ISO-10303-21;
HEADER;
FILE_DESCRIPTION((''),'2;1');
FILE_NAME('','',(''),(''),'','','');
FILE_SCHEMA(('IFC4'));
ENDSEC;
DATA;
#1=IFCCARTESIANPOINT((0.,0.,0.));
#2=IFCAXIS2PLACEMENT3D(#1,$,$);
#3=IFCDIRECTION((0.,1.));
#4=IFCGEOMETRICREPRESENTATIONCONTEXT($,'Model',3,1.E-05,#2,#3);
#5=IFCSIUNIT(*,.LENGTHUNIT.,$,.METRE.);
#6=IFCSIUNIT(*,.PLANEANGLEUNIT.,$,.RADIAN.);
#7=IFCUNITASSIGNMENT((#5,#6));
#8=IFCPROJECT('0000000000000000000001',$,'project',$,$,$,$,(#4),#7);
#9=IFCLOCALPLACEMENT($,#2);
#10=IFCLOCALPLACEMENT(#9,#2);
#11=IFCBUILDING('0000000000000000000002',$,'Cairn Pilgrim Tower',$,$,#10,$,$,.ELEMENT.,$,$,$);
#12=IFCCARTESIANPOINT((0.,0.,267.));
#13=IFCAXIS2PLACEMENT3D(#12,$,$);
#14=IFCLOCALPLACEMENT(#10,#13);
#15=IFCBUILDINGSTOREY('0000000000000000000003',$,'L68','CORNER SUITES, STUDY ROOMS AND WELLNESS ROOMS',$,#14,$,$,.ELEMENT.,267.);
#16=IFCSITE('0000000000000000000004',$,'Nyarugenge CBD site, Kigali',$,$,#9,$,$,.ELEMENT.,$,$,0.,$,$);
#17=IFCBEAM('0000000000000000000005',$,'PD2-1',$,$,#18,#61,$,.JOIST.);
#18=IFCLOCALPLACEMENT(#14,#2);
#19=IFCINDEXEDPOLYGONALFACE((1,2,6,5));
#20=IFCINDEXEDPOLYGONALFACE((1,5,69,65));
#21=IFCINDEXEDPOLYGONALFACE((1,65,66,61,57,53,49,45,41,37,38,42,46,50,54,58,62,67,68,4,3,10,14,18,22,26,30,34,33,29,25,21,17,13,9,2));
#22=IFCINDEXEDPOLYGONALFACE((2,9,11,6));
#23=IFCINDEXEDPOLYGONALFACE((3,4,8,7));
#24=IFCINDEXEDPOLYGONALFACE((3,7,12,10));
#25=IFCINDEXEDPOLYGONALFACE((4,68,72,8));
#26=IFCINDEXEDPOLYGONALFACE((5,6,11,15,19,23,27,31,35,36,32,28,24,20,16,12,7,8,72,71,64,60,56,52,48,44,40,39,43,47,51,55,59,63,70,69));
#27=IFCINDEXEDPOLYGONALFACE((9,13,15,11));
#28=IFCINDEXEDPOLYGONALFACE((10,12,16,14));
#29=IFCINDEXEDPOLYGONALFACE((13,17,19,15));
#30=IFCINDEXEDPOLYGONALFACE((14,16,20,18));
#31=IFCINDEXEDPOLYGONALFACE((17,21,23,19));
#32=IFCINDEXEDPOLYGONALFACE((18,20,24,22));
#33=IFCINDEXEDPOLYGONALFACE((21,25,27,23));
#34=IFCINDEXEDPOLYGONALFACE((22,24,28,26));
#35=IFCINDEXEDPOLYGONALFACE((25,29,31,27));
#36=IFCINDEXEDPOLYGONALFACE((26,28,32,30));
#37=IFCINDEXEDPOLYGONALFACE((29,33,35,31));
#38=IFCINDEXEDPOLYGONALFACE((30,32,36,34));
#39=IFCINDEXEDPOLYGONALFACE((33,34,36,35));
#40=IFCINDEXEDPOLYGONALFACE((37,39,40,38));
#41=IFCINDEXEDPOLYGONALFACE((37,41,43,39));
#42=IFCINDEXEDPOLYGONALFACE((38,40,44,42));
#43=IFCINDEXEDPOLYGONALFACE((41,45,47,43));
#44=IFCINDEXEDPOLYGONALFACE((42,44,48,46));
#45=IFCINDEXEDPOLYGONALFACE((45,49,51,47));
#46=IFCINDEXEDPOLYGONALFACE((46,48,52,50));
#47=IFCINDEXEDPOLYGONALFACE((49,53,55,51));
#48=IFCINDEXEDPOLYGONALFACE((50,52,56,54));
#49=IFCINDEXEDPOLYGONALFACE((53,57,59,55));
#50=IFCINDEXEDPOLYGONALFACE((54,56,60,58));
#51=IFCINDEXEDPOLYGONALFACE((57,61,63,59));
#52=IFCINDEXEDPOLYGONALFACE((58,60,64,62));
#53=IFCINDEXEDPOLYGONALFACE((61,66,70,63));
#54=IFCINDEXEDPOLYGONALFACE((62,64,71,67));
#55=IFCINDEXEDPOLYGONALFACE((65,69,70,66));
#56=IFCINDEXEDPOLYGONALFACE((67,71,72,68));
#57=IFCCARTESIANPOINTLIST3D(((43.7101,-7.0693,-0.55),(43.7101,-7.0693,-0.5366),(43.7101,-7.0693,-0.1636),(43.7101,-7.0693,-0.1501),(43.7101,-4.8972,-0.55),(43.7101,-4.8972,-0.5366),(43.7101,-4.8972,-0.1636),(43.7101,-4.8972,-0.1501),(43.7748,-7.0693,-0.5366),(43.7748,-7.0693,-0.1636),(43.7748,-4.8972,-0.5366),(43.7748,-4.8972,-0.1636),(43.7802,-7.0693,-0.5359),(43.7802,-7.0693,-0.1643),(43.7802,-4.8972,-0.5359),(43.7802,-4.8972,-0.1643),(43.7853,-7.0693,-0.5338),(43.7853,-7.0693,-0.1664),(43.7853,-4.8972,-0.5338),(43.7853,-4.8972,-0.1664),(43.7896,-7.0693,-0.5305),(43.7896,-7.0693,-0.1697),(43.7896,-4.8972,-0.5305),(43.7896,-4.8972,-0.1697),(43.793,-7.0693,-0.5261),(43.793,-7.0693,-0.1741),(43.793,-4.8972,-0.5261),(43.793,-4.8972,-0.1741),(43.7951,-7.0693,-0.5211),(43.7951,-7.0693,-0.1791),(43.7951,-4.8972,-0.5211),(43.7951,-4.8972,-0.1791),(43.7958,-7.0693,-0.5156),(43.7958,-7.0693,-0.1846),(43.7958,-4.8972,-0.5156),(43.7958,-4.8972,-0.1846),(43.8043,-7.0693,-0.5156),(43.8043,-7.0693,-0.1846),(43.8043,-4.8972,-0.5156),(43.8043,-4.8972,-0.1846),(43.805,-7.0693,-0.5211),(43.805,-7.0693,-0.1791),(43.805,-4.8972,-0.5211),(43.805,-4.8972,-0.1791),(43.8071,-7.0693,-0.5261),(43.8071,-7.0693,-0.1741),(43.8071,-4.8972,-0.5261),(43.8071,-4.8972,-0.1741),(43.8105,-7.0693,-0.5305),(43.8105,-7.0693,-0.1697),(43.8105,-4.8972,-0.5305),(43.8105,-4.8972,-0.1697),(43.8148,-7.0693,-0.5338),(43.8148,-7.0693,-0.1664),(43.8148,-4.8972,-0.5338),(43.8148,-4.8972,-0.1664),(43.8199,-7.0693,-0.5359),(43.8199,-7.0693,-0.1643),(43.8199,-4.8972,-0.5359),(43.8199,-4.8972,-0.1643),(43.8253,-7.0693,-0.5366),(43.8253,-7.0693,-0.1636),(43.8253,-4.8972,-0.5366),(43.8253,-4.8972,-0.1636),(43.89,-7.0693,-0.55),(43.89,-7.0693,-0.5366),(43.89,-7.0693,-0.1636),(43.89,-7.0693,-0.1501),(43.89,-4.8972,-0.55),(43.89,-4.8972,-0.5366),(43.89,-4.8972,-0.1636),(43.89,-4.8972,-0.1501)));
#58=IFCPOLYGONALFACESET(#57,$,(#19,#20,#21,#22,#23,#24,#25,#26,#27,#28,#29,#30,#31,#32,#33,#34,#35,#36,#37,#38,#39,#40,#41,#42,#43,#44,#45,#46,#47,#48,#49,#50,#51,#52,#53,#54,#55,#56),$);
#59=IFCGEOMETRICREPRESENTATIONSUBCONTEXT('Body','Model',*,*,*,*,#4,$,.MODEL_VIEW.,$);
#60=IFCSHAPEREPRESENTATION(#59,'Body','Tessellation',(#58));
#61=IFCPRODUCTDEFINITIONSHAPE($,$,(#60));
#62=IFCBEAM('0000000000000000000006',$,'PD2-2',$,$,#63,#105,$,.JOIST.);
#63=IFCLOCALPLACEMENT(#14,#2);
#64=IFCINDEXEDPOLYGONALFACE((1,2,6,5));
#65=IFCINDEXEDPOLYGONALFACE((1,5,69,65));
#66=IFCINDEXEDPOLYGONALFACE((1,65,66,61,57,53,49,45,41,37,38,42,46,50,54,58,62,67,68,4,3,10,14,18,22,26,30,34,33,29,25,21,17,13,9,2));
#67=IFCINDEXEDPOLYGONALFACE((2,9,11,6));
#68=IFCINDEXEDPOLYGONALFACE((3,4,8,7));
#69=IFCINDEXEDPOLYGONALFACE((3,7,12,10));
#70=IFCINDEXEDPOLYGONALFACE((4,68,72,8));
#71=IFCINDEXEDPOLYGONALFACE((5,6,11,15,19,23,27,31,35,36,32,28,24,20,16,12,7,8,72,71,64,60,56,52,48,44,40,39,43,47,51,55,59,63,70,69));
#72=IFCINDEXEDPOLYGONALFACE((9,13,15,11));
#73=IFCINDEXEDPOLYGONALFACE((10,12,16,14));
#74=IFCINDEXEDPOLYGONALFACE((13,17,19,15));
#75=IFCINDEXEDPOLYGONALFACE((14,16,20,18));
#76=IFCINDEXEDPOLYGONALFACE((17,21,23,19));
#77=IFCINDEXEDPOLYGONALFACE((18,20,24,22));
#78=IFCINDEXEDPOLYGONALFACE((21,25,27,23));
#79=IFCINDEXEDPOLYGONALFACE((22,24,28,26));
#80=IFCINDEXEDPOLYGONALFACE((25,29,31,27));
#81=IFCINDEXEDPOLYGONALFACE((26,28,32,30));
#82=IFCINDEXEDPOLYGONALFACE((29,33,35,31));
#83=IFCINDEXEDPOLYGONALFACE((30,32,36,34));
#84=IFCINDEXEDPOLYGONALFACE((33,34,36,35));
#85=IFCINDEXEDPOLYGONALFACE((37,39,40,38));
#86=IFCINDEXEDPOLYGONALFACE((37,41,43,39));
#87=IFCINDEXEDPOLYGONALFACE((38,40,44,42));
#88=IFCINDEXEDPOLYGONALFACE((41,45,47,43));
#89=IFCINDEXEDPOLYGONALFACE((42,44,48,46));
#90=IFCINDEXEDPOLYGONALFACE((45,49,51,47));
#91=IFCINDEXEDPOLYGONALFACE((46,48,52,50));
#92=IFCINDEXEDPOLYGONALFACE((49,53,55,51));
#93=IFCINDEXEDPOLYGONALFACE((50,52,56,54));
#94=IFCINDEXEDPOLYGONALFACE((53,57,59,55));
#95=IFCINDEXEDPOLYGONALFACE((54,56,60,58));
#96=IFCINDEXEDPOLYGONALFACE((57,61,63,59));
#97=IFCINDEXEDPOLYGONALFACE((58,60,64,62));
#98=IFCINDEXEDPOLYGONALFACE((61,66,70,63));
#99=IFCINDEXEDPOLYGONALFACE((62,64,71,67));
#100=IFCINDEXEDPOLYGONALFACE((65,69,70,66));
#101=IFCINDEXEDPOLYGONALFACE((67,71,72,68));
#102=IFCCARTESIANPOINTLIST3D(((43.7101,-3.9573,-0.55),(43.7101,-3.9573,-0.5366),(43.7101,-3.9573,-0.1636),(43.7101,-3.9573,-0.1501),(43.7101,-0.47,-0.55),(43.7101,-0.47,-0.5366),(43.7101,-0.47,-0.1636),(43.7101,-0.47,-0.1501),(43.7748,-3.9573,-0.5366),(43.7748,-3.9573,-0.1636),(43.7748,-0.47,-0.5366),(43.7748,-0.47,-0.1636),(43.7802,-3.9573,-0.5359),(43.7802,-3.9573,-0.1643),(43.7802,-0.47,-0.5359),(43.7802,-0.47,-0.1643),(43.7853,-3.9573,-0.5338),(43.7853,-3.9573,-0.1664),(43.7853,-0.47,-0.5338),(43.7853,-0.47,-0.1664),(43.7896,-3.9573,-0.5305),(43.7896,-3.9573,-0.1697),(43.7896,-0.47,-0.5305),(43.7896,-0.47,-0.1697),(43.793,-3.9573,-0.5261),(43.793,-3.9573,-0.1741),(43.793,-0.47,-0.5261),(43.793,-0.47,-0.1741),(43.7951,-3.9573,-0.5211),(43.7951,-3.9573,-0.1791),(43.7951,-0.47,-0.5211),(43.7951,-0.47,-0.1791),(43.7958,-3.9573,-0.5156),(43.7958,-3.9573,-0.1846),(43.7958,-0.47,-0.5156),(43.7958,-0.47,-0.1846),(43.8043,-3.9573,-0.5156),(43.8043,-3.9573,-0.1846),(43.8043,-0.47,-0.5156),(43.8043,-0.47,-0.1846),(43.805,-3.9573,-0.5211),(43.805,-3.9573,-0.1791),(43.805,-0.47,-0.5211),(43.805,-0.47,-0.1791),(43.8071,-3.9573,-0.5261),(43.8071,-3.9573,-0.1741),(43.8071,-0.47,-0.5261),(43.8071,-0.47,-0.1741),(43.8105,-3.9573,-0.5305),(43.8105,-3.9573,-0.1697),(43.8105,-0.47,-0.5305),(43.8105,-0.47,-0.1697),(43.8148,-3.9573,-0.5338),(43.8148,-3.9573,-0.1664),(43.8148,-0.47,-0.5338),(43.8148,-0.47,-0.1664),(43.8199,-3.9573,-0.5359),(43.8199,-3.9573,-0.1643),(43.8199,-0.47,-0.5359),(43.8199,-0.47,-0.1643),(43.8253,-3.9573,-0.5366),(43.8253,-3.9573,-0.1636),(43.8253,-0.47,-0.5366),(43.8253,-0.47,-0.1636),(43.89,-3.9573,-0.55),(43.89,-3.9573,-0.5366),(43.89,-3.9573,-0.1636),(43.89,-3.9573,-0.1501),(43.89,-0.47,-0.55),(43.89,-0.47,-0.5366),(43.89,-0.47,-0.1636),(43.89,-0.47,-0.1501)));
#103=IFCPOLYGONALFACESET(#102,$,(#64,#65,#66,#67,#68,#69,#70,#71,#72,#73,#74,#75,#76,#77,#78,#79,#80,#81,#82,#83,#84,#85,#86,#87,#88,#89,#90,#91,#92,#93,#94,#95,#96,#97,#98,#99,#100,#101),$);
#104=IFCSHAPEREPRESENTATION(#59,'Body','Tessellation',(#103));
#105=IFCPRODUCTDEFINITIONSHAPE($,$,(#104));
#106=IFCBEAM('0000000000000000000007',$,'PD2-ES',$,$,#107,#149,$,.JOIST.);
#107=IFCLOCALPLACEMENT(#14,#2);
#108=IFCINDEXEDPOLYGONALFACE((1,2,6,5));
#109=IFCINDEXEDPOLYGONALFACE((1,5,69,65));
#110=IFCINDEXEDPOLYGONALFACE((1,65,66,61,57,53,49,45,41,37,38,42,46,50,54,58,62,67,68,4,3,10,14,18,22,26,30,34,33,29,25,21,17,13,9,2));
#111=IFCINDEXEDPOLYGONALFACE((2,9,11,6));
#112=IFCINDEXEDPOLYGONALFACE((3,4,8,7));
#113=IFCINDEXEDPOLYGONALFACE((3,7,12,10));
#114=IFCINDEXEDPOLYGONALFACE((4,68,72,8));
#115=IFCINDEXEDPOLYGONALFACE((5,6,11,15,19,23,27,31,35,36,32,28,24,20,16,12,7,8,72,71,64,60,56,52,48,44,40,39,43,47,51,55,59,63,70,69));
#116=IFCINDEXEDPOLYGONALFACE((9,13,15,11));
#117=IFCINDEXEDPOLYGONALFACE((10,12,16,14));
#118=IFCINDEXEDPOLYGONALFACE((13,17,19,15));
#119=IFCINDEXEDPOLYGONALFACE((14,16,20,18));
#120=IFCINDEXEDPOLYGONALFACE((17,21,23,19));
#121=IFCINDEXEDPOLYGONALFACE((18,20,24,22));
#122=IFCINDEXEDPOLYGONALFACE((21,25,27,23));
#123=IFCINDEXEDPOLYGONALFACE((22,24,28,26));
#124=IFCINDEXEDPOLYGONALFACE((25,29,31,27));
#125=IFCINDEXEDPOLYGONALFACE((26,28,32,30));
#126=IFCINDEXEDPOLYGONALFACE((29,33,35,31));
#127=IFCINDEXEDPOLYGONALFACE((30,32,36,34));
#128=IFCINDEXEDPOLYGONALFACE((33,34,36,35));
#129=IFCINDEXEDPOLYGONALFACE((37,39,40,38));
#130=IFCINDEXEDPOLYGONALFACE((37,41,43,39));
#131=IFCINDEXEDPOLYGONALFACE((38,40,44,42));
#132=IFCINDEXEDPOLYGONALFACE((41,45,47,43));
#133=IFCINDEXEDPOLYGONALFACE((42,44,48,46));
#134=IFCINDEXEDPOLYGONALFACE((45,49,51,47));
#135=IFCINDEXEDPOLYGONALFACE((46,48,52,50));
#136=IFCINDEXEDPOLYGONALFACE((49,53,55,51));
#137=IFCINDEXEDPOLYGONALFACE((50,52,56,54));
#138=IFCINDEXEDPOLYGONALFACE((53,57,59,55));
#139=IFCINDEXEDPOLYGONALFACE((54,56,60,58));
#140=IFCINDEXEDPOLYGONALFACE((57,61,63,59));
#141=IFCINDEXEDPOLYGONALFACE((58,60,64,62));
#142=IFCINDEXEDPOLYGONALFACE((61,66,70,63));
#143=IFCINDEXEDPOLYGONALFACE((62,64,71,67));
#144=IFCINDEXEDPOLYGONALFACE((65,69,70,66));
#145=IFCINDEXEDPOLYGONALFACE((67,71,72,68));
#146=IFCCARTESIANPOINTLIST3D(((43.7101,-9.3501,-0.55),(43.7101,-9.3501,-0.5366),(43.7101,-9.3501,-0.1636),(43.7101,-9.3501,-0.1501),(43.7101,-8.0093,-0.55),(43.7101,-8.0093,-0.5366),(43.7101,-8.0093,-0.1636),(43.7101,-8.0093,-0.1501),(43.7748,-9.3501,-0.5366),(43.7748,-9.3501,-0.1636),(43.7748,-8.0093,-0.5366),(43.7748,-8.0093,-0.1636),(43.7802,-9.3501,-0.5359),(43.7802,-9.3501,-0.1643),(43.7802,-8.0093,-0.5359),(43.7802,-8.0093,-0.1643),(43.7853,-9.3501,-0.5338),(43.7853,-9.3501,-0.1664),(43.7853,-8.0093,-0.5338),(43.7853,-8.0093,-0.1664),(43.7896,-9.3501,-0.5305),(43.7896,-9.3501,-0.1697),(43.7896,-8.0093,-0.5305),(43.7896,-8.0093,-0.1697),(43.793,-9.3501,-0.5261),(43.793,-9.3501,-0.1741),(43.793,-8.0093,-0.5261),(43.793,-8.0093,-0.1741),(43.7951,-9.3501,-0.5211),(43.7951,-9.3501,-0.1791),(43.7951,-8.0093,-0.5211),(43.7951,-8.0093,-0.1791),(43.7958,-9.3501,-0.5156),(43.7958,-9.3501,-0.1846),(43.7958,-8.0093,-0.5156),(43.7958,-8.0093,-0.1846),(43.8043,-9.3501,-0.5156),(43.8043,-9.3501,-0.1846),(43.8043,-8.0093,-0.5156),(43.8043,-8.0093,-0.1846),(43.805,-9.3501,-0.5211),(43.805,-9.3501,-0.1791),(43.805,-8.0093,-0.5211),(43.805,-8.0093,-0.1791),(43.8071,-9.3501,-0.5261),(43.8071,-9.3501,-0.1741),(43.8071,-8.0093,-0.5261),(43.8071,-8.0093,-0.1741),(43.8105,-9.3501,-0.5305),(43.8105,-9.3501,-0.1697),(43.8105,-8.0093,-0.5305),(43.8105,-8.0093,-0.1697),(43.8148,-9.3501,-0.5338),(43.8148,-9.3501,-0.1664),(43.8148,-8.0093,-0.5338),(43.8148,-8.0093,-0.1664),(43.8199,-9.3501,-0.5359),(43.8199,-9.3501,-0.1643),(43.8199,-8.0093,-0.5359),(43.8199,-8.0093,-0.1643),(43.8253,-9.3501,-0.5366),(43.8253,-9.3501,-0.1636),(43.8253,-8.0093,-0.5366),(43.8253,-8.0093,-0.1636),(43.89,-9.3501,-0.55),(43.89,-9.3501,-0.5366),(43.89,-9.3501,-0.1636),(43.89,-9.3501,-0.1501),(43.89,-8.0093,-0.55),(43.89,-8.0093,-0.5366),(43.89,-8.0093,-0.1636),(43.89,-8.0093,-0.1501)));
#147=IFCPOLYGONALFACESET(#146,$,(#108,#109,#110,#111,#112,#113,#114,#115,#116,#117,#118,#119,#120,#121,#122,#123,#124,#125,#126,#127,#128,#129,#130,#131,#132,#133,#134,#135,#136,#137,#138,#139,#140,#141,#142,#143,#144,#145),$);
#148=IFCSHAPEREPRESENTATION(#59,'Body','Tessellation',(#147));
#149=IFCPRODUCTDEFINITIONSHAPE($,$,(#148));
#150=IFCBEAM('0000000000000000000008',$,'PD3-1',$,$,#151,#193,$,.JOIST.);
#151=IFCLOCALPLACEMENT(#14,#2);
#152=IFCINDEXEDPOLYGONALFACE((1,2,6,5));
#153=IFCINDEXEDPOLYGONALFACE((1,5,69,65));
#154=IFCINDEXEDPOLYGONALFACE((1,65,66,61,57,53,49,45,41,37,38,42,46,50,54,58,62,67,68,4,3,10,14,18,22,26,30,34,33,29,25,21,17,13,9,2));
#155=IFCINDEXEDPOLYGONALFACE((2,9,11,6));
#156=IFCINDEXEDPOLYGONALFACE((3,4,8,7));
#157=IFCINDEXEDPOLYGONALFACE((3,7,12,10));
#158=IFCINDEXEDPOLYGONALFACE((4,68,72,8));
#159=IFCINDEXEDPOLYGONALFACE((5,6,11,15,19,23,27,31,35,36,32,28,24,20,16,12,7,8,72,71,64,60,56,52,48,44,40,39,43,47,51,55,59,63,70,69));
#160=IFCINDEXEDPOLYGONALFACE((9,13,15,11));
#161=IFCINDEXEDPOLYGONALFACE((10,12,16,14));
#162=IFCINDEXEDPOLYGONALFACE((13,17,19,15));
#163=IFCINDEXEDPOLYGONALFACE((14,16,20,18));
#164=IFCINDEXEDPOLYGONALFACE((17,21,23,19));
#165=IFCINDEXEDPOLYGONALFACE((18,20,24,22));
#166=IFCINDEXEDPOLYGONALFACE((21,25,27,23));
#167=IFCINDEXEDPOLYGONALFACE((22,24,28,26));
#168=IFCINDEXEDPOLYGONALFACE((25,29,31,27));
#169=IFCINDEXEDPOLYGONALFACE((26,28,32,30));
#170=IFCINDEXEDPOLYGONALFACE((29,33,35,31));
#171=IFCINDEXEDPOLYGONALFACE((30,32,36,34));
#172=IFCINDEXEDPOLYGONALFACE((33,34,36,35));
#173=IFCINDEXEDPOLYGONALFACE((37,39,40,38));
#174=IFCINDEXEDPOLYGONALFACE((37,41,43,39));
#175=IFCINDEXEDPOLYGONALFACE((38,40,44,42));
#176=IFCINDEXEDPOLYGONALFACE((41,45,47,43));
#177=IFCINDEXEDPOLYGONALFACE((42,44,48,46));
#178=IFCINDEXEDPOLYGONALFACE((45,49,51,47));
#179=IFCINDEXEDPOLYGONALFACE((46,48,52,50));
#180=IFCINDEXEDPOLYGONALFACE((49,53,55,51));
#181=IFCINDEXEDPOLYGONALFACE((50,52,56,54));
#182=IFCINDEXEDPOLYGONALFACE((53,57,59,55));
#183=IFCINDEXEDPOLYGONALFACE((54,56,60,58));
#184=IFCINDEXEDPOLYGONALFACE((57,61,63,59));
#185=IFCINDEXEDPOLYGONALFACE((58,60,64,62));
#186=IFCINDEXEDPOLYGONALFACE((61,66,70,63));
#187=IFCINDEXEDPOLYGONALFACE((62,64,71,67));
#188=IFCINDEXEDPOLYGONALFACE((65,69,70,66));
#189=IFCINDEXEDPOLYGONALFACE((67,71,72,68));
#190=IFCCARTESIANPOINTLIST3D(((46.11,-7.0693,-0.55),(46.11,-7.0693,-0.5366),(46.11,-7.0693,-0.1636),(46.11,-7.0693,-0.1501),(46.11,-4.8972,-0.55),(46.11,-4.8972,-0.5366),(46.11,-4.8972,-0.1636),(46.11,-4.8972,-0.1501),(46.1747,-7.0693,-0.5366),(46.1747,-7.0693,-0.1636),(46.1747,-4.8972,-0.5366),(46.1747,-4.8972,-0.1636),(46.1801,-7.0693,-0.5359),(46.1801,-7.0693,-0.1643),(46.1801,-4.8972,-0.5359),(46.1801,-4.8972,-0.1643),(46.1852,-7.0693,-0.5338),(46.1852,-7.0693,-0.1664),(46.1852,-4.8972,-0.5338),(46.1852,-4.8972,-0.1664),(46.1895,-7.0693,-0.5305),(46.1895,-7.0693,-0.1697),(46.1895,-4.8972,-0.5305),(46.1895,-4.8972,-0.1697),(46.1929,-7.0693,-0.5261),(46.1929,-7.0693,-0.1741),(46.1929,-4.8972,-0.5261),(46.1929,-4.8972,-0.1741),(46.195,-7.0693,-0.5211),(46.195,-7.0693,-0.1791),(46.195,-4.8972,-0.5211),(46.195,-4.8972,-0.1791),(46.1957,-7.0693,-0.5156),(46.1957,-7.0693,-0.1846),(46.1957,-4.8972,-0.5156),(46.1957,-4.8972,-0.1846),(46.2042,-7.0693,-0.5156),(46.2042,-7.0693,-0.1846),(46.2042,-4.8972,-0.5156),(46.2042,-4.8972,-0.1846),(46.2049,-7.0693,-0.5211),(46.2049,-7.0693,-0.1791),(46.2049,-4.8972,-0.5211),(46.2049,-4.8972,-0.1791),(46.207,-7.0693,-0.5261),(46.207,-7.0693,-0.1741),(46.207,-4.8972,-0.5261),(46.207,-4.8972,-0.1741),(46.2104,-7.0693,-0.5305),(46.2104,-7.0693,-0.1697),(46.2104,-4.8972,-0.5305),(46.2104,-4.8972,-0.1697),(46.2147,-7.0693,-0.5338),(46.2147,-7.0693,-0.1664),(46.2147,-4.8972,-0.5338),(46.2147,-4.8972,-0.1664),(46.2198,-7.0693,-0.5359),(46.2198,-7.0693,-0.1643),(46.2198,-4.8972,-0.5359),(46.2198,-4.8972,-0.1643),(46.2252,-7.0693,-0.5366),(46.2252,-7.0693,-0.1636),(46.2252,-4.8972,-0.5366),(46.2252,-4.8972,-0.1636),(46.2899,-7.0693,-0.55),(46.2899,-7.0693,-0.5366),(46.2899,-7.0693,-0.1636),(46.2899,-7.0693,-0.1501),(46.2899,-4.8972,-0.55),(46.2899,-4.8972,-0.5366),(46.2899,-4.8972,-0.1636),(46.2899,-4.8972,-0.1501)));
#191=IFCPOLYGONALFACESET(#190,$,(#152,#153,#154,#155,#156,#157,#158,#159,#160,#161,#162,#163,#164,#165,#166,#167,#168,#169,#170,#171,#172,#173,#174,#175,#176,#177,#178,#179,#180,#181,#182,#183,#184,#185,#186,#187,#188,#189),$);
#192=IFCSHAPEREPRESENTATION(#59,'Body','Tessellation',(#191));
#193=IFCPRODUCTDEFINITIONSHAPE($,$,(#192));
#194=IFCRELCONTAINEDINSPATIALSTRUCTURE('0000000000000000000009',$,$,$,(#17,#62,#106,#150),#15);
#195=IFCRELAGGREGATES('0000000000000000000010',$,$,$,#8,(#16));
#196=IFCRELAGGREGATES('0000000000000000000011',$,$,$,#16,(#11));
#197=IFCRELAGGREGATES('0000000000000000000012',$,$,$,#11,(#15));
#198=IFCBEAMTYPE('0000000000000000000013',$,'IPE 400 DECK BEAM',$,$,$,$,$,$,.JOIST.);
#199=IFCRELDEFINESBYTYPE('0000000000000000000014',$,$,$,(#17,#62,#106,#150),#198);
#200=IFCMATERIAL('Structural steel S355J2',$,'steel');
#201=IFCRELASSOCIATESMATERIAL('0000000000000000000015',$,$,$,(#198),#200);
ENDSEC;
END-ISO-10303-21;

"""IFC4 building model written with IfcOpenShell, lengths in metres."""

from ifc_helpers import new_model, si_unit, direction, frame, origin, origin_2d, place, context, subcontext, project, spatial, i_section, extrude, material, material_profile, profile_set, type_object, element, save


model = new_model("IFC4")

# Units and contexts
model_context = context("Model", 3, precision=1e-05, world=origin(), true_north=direction((0.0, 1.0)))
body_context = subcontext(model_context, "Body", "Model", "MODEL_VIEW")
ifc_project = project(units=[si_unit("LENGTHUNIT", "METRE"), si_unit("PLANEANGLEUNIT", "RADIAN")], contexts=[model_context])

# Site, building, storey
site_placement = place(None, origin())
site = spatial("IfcSite", under=ifc_project, at=site_placement, Name="Nyarugenge CBD site, Kigali", CompositionType="ELEMENT", RefElevation=0.0)
building_placement = place(site_placement, origin())
building = spatial("IfcBuilding", under=site, at=building_placement, Name="Cairn Pilgrim Tower", CompositionType="ELEMENT")
storey_placement = place(building_placement, frame((0.0, 0.0, 267.0)))
storey = spatial("IfcBuildingStorey", under=building, at=storey_placement, Name="L68", Description="CORNER SUITES, STUDY ROOMS AND WELLNESS ROOMS", CompositionType="ELEMENT", Elevation=267.0)

# Beams
ifc_material_1 = material(Name="Structural steel S355J2", Category="steel")
ifc_material_profile_1 = material_profile(ifc_material_1, i_section(OverallWidth=0.1799, OverallDepth=0.3999, WebThickness=0.0085, FlangeThickness=0.0134, FilletRadius=0.021, at=origin_2d()), Name="IPE 400")
ifc_profile_set_1 = profile_set([ifc_material_profile_1], Name="Structural steel S355J2")
beam_type = type_object("IfcBeamType", Name="IPE 400 DECK BEAM", PredefinedType="JOIST", material=ifc_profile_set_1)
beam_1_placement = place(storey_placement, frame((43.8, -7.0693, -0.3501), z_axis=(0.0, 1.0, 0.0), x_axis=(-1.0, 0.0, 0.0)))
element("IfcBeam", 1, at=beam_1_placement, inside=storey, type_object=beam_type, Name="PD2-1", PredefinedType="JOIST", context=body_context, shape_type="SweptSolid", body=[
    extrude(i_section(OverallWidth=0.1799, OverallDepth=0.3999, WebThickness=0.0085, FlangeThickness=0.0134, FilletRadius=0.021, at=origin_2d()), origin(), (0.0, 0.0, 1.0), 2.1721),
])
beam_2_placement = place(storey_placement, frame((43.8, -3.9573, -0.3501), z_axis=(0.0, 1.0, 0.0), x_axis=(-1.0, 0.0, 0.0)))
element("IfcBeam", 2, at=beam_2_placement, inside=storey, type_object=beam_type, Name="PD2-2", PredefinedType="JOIST", context=body_context, shape_type="SweptSolid", body=[
    extrude(i_section(OverallWidth=0.1799, OverallDepth=0.3999, WebThickness=0.0085, FlangeThickness=0.0134, FilletRadius=0.021, at=origin_2d()), origin(), (0.0, 0.0, 1.0), 3.4873),
])
beam_3_placement = place(storey_placement, frame((43.8, -8.0093, -0.3501), z_axis=(0.0, -1.0, 0.0), x_axis=(1.0, 0.0, 0.0)))
element("IfcBeam", 3, at=beam_3_placement, inside=storey, type_object=beam_type, Name="PD2-ES", PredefinedType="JOIST", context=body_context, shape_type="SweptSolid", body=[
    extrude(i_section(OverallWidth=0.1799, OverallDepth=0.3999, WebThickness=0.0085, FlangeThickness=0.0134, FilletRadius=0.021, at=origin_2d()), origin(), (0.0, 0.0, 1.0), 1.3408),
])
beam_4_placement = place(storey_placement, frame((46.2, -7.0693, -0.3501), z_axis=(0.0, 1.0, 0.0), x_axis=(-1.0, 0.0, 0.0)))
element("IfcBeam", 4, at=beam_4_placement, inside=storey, type_object=beam_type, Name="PD3-1", PredefinedType="JOIST", context=body_context, shape_type="SweptSolid", body=[
    extrude(i_section(OverallWidth=0.1799, OverallDepth=0.3999, WebThickness=0.0085, FlangeThickness=0.0134, FilletRadius=0.021, at=origin_2d()), origin(), (0.0, 0.0, 1.0), 2.1721),
])

save(model, "model.ifc")
